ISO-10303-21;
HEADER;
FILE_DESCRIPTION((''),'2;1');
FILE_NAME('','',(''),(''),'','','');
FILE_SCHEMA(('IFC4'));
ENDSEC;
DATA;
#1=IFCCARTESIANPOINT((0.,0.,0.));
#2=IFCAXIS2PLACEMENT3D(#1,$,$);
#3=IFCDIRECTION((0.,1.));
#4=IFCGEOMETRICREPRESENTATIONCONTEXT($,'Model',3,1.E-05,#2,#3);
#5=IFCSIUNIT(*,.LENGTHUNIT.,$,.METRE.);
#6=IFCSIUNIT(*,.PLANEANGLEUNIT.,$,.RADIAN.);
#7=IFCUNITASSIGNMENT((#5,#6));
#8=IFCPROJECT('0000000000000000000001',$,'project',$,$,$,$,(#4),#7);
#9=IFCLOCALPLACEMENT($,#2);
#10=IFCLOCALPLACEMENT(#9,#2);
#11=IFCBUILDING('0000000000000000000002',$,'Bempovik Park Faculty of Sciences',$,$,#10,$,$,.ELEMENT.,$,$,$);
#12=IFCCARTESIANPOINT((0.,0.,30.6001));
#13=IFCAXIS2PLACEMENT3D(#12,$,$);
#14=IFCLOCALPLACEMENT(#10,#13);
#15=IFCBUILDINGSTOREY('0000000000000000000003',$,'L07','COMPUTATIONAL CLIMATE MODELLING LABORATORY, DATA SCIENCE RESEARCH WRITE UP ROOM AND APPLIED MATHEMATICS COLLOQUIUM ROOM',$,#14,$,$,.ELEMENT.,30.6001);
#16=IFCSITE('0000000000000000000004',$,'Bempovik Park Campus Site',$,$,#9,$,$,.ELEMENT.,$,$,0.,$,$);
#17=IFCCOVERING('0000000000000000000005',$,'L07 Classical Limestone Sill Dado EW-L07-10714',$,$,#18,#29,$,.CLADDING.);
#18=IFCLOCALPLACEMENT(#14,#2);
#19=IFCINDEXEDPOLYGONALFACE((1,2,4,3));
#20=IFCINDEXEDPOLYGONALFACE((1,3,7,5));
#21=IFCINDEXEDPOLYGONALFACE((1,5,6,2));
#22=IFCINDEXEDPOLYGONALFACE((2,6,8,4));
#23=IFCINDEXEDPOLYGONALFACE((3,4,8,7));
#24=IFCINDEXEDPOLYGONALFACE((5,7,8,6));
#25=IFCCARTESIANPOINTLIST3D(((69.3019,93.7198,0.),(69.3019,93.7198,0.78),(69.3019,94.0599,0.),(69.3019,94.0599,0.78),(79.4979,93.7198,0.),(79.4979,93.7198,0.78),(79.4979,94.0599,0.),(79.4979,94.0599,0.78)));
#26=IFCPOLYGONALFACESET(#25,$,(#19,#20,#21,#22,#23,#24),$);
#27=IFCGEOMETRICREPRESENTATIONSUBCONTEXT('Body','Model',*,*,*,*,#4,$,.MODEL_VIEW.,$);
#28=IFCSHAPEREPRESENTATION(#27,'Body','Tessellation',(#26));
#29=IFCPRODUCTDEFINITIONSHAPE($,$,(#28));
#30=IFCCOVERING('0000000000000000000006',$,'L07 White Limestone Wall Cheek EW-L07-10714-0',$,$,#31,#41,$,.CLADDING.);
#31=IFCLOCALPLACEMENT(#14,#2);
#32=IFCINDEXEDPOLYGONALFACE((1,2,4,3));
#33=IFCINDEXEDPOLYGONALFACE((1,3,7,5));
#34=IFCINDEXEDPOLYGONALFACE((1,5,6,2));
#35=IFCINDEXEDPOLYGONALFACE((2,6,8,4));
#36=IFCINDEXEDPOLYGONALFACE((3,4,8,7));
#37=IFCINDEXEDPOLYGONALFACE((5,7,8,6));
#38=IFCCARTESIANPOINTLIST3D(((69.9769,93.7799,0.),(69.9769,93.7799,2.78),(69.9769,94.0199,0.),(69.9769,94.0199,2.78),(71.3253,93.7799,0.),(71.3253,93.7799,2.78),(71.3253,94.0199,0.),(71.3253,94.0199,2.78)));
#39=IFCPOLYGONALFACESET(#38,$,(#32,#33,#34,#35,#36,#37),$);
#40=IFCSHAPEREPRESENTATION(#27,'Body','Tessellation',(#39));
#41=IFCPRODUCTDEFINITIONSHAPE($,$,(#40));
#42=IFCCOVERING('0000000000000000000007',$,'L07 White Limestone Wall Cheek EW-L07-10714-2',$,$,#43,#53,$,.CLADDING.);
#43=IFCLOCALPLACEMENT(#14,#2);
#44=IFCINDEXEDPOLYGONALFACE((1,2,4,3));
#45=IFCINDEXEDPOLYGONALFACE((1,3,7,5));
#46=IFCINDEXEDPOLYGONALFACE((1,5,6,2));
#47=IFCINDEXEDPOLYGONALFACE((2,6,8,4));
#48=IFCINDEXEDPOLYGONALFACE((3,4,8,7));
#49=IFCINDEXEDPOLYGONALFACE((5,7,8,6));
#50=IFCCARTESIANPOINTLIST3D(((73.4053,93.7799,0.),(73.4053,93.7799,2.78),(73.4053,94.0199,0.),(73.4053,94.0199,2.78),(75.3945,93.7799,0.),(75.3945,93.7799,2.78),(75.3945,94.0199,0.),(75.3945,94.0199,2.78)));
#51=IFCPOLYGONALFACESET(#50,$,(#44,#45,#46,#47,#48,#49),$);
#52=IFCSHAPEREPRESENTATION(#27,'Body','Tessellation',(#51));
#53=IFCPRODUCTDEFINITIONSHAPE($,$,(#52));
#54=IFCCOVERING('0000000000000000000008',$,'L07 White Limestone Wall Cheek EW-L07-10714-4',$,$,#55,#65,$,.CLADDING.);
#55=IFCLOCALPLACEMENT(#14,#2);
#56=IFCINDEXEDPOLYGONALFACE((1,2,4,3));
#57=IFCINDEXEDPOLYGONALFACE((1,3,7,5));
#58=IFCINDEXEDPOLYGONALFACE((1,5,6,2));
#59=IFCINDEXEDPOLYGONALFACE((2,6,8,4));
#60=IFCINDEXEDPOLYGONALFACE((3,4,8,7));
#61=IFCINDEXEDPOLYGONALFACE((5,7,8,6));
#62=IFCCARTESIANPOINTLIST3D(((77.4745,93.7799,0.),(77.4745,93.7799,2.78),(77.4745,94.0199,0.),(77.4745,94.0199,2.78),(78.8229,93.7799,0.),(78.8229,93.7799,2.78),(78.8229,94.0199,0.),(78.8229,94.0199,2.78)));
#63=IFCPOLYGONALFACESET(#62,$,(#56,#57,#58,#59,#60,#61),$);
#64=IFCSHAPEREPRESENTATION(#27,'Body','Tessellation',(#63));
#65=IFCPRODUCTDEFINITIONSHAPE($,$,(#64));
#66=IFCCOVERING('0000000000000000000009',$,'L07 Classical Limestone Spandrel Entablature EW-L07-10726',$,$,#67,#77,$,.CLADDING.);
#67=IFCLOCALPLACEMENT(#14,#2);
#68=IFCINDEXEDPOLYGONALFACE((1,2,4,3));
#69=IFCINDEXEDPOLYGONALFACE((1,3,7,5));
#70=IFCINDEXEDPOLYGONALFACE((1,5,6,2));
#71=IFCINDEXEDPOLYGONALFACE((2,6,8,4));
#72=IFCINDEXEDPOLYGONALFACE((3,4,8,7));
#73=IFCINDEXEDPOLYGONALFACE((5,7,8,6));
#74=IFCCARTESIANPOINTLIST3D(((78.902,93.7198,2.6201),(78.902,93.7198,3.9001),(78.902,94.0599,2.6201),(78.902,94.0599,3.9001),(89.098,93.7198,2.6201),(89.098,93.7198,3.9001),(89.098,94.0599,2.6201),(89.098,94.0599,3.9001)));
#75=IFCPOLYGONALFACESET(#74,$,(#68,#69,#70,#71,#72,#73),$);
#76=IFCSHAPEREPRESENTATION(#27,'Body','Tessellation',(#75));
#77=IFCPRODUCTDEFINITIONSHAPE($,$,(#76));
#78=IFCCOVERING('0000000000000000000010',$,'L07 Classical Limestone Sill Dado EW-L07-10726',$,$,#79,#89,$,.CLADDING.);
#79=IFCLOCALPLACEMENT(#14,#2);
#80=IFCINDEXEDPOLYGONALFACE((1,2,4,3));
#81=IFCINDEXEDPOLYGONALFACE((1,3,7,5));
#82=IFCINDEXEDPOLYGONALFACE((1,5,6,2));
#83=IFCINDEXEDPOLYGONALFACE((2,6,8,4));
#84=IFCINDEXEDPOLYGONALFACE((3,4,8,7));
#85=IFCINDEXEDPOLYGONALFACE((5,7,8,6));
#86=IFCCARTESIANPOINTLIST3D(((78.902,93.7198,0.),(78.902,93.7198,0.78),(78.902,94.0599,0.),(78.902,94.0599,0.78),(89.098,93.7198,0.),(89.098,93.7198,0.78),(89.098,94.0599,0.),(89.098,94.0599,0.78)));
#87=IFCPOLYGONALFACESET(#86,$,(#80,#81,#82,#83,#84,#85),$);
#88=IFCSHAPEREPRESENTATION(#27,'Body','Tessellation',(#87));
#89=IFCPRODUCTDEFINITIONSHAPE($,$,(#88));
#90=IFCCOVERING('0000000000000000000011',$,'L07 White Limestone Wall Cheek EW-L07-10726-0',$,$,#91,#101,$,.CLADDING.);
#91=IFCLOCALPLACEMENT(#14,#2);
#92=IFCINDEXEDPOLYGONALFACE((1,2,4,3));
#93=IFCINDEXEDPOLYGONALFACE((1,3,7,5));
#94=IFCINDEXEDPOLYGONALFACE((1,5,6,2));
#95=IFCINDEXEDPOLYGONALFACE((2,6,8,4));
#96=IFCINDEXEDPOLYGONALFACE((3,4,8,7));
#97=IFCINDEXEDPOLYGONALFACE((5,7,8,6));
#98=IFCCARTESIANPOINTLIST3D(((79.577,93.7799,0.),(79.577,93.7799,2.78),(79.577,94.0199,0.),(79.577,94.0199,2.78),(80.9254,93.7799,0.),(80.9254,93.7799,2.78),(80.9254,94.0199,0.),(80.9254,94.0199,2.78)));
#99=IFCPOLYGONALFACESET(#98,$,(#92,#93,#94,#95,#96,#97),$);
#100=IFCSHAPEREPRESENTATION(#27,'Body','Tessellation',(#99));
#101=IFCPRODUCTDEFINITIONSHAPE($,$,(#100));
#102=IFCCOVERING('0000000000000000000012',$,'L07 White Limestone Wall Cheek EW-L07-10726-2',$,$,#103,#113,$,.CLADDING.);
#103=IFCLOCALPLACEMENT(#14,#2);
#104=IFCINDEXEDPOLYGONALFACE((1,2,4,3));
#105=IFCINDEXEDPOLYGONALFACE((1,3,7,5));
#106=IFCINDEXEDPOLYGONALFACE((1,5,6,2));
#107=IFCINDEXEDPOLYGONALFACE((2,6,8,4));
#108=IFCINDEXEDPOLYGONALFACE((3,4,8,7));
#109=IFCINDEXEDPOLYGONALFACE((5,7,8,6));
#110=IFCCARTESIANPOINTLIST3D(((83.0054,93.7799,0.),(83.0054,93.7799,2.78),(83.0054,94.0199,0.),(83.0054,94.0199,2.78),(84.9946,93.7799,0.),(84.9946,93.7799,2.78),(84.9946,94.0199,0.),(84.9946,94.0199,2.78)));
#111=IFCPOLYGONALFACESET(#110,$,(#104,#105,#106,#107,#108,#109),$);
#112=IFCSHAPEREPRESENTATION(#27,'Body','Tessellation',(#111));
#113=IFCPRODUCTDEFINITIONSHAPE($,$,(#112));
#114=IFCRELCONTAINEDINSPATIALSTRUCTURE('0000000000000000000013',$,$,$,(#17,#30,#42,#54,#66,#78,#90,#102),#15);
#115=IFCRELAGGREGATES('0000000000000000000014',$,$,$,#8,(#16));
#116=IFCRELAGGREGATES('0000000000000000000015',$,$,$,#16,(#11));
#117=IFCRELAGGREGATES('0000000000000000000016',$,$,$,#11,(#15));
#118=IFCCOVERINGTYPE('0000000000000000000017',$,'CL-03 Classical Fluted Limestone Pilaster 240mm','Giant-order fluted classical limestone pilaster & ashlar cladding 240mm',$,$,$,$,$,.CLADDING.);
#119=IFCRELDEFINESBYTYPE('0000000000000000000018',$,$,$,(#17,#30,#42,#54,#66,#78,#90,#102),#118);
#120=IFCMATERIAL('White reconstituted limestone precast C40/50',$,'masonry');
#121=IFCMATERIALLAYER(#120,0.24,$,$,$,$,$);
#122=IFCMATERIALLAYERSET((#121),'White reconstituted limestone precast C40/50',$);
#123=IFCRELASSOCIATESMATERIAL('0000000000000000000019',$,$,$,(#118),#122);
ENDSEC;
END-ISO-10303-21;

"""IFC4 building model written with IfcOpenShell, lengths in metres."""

from ifc_helpers import new_model, si_unit, direction, frame, origin, origin_2d, place, context, subcontext, project, spatial, rectangle, extrude, material, layer, layer_set, type_object, element, save


model = new_model("IFC4")

# Units and contexts
model_context = context("Model", 3, precision=1e-05, world=origin(), true_north=direction((0.0, 1.0)))
body_context = subcontext(model_context, "Body", "Model", "MODEL_VIEW")
ifc_project = project(units=[si_unit("LENGTHUNIT", "METRE"), si_unit("PLANEANGLEUNIT", "RADIAN")], contexts=[model_context])

# Site, building, storey
site_placement = place(None, origin())
site = spatial("IfcSite", under=ifc_project, at=site_placement, Name="Bempovik Park Campus Site", CompositionType="ELEMENT", RefElevation=0.0)
building_placement = place(site_placement, origin())
building = spatial("IfcBuilding", under=site, at=building_placement, Name="Bempovik Park Faculty of Sciences", CompositionType="ELEMENT")
storey_placement = place(building_placement, frame((0.0, 0.0, 30.6001)))
storey = spatial("IfcBuildingStorey", under=building, at=storey_placement, Name="L07", Description="COMPUTATIONAL CLIMATE MODELLING LABORATORY, DATA SCIENCE RESEARCH WRITE UP ROOM AND APPLIED MATHEMATICS COLLOQUIUM ROOM", CompositionType="ELEMENT", Elevation=30.6001)

# Coverings
ifc_material_1 = material(Name="White reconstituted limestone precast C40/50", Category="masonry")
ifc_layer_1 = layer(ifc_material_1, 0.24)
ifc_layer_set_1 = layer_set([ifc_layer_1], Name="White reconstituted limestone precast C40/50")
covering_type = type_object("IfcCoveringType", Name="CL-03 Classical Fluted Limestone Pilaster 240mm", Description="Giant-order fluted classical limestone pilaster & ashlar cladding 240mm", PredefinedType="CLADDING", material=ifc_layer_set_1)
covering_1_placement = place(storey_placement, frame((74.3999, 93.8899, 0.0), z_axis=(0.0, 0.0, 1.0), x_axis=(1.0, 0.0, 0.0)))
element("IfcCovering", 1, at=covering_1_placement, inside=storey, type_object=covering_type, Name="L07 Classical Limestone Sill Dado EW-L07-10714", PredefinedType="CLADDING", context=body_context, shape_type="SweptSolid", body=[
    extrude(rectangle(XDim=10.196, YDim=0.3401, at=origin_2d()), origin(), (0.0, 0.0, 1.0), 0.78),
])
covering_2_placement = place(storey_placement, frame((70.6511, 93.8999, 0.0), z_axis=(0.0, 0.0, 1.0), x_axis=(1.0, 0.0, 0.0)))
element("IfcCovering", 2, at=covering_2_placement, inside=storey, type_object=covering_type, Name="L07 White Limestone Wall Cheek EW-L07-10714-0", PredefinedType="CLADDING", context=body_context, shape_type="SweptSolid", body=[
    extrude(rectangle(XDim=1.3484, YDim=0.24, at=origin_2d()), origin(), (0.0, 0.0, 1.0), 2.78),
])
covering_3_placement = place(storey_placement, frame((74.3999, 93.8999, 0.0), z_axis=(0.0, 0.0, 1.0), x_axis=(1.0, 0.0, 0.0)))
element("IfcCovering", 3, at=covering_3_placement, inside=storey, type_object=covering_type, Name="L07 White Limestone Wall Cheek EW-L07-10714-2", PredefinedType="CLADDING", context=body_context, shape_type="SweptSolid", body=[
    extrude(rectangle(XDim=1.9893, YDim=0.24, at=origin_2d()), origin(), (0.0, 0.0, 1.0), 2.78),
])
covering_4_placement = place(storey_placement, frame((78.1487, 93.8999, 0.0), z_axis=(0.0, 0.0, 1.0), x_axis=(1.0, 0.0, 0.0)))
element("IfcCovering", 4, at=covering_4_placement, inside=storey, type_object=covering_type, Name="L07 White Limestone Wall Cheek EW-L07-10714-4", PredefinedType="CLADDING", context=body_context, shape_type="SweptSolid", body=[
    extrude(rectangle(XDim=1.3484, YDim=0.24, at=origin_2d()), origin(), (0.0, 0.0, 1.0), 2.78),
])
covering_5_placement = place(storey_placement, frame((84.0, 93.8899, 2.6201), z_axis=(0.0, 0.0, 1.0), x_axis=(1.0, 0.0, 0.0)))
element("IfcCovering", 5, at=covering_5_placement, inside=storey, type_object=covering_type, Name="L07 Classical Limestone Spandrel Entablature EW-L07-10726", PredefinedType="CLADDING", context=body_context, shape_type="SweptSolid", body=[
    extrude(rectangle(XDim=10.196, YDim=0.3401, at=origin_2d()), origin(), (0.0, 0.0, 1.0), 1.28),
])
covering_6_placement = place(storey_placement, frame((84.0, 93.8899, 0.0), z_axis=(0.0, 0.0, 1.0), x_axis=(1.0, 0.0, 0.0)))
element("IfcCovering", 6, at=covering_6_placement, inside=storey, type_object=covering_type, Name="L07 Classical Limestone Sill Dado EW-L07-10726", PredefinedType="CLADDING", context=body_context, shape_type="SweptSolid", body=[
    extrude(rectangle(XDim=10.196, YDim=0.3401, at=origin_2d()), origin(), (0.0, 0.0, 1.0), 0.78),
])
covering_7_placement = place(storey_placement, frame((80.2512, 93.8999, 0.0), z_axis=(0.0, 0.0, 1.0), x_axis=(1.0, 0.0, 0.0)))
element("IfcCovering", 7, at=covering_7_placement, inside=storey, type_object=covering_type, Name="L07 White Limestone Wall Cheek EW-L07-10726-0", PredefinedType="CLADDING", context=body_context, shape_type="SweptSolid", body=[
    extrude(rectangle(XDim=1.3484, YDim=0.24, at=origin_2d()), origin(), (0.0, 0.0, 1.0), 2.78),
])
covering_8_placement = place(storey_placement, frame((84.0, 93.8999, 0.0), z_axis=(0.0, 0.0, 1.0), x_axis=(1.0, 0.0, 0.0)))
element("IfcCovering", 8, at=covering_8_placement, inside=storey, type_object=covering_type, Name="L07 White Limestone Wall Cheek EW-L07-10726-2", PredefinedType="CLADDING", context=body_context, shape_type="SweptSolid", body=[
    extrude(rectangle(XDim=1.9893, YDim=0.24, at=origin_2d()), origin(), (0.0, 0.0, 1.0), 2.78),
])

save(model, "model.ifc")
